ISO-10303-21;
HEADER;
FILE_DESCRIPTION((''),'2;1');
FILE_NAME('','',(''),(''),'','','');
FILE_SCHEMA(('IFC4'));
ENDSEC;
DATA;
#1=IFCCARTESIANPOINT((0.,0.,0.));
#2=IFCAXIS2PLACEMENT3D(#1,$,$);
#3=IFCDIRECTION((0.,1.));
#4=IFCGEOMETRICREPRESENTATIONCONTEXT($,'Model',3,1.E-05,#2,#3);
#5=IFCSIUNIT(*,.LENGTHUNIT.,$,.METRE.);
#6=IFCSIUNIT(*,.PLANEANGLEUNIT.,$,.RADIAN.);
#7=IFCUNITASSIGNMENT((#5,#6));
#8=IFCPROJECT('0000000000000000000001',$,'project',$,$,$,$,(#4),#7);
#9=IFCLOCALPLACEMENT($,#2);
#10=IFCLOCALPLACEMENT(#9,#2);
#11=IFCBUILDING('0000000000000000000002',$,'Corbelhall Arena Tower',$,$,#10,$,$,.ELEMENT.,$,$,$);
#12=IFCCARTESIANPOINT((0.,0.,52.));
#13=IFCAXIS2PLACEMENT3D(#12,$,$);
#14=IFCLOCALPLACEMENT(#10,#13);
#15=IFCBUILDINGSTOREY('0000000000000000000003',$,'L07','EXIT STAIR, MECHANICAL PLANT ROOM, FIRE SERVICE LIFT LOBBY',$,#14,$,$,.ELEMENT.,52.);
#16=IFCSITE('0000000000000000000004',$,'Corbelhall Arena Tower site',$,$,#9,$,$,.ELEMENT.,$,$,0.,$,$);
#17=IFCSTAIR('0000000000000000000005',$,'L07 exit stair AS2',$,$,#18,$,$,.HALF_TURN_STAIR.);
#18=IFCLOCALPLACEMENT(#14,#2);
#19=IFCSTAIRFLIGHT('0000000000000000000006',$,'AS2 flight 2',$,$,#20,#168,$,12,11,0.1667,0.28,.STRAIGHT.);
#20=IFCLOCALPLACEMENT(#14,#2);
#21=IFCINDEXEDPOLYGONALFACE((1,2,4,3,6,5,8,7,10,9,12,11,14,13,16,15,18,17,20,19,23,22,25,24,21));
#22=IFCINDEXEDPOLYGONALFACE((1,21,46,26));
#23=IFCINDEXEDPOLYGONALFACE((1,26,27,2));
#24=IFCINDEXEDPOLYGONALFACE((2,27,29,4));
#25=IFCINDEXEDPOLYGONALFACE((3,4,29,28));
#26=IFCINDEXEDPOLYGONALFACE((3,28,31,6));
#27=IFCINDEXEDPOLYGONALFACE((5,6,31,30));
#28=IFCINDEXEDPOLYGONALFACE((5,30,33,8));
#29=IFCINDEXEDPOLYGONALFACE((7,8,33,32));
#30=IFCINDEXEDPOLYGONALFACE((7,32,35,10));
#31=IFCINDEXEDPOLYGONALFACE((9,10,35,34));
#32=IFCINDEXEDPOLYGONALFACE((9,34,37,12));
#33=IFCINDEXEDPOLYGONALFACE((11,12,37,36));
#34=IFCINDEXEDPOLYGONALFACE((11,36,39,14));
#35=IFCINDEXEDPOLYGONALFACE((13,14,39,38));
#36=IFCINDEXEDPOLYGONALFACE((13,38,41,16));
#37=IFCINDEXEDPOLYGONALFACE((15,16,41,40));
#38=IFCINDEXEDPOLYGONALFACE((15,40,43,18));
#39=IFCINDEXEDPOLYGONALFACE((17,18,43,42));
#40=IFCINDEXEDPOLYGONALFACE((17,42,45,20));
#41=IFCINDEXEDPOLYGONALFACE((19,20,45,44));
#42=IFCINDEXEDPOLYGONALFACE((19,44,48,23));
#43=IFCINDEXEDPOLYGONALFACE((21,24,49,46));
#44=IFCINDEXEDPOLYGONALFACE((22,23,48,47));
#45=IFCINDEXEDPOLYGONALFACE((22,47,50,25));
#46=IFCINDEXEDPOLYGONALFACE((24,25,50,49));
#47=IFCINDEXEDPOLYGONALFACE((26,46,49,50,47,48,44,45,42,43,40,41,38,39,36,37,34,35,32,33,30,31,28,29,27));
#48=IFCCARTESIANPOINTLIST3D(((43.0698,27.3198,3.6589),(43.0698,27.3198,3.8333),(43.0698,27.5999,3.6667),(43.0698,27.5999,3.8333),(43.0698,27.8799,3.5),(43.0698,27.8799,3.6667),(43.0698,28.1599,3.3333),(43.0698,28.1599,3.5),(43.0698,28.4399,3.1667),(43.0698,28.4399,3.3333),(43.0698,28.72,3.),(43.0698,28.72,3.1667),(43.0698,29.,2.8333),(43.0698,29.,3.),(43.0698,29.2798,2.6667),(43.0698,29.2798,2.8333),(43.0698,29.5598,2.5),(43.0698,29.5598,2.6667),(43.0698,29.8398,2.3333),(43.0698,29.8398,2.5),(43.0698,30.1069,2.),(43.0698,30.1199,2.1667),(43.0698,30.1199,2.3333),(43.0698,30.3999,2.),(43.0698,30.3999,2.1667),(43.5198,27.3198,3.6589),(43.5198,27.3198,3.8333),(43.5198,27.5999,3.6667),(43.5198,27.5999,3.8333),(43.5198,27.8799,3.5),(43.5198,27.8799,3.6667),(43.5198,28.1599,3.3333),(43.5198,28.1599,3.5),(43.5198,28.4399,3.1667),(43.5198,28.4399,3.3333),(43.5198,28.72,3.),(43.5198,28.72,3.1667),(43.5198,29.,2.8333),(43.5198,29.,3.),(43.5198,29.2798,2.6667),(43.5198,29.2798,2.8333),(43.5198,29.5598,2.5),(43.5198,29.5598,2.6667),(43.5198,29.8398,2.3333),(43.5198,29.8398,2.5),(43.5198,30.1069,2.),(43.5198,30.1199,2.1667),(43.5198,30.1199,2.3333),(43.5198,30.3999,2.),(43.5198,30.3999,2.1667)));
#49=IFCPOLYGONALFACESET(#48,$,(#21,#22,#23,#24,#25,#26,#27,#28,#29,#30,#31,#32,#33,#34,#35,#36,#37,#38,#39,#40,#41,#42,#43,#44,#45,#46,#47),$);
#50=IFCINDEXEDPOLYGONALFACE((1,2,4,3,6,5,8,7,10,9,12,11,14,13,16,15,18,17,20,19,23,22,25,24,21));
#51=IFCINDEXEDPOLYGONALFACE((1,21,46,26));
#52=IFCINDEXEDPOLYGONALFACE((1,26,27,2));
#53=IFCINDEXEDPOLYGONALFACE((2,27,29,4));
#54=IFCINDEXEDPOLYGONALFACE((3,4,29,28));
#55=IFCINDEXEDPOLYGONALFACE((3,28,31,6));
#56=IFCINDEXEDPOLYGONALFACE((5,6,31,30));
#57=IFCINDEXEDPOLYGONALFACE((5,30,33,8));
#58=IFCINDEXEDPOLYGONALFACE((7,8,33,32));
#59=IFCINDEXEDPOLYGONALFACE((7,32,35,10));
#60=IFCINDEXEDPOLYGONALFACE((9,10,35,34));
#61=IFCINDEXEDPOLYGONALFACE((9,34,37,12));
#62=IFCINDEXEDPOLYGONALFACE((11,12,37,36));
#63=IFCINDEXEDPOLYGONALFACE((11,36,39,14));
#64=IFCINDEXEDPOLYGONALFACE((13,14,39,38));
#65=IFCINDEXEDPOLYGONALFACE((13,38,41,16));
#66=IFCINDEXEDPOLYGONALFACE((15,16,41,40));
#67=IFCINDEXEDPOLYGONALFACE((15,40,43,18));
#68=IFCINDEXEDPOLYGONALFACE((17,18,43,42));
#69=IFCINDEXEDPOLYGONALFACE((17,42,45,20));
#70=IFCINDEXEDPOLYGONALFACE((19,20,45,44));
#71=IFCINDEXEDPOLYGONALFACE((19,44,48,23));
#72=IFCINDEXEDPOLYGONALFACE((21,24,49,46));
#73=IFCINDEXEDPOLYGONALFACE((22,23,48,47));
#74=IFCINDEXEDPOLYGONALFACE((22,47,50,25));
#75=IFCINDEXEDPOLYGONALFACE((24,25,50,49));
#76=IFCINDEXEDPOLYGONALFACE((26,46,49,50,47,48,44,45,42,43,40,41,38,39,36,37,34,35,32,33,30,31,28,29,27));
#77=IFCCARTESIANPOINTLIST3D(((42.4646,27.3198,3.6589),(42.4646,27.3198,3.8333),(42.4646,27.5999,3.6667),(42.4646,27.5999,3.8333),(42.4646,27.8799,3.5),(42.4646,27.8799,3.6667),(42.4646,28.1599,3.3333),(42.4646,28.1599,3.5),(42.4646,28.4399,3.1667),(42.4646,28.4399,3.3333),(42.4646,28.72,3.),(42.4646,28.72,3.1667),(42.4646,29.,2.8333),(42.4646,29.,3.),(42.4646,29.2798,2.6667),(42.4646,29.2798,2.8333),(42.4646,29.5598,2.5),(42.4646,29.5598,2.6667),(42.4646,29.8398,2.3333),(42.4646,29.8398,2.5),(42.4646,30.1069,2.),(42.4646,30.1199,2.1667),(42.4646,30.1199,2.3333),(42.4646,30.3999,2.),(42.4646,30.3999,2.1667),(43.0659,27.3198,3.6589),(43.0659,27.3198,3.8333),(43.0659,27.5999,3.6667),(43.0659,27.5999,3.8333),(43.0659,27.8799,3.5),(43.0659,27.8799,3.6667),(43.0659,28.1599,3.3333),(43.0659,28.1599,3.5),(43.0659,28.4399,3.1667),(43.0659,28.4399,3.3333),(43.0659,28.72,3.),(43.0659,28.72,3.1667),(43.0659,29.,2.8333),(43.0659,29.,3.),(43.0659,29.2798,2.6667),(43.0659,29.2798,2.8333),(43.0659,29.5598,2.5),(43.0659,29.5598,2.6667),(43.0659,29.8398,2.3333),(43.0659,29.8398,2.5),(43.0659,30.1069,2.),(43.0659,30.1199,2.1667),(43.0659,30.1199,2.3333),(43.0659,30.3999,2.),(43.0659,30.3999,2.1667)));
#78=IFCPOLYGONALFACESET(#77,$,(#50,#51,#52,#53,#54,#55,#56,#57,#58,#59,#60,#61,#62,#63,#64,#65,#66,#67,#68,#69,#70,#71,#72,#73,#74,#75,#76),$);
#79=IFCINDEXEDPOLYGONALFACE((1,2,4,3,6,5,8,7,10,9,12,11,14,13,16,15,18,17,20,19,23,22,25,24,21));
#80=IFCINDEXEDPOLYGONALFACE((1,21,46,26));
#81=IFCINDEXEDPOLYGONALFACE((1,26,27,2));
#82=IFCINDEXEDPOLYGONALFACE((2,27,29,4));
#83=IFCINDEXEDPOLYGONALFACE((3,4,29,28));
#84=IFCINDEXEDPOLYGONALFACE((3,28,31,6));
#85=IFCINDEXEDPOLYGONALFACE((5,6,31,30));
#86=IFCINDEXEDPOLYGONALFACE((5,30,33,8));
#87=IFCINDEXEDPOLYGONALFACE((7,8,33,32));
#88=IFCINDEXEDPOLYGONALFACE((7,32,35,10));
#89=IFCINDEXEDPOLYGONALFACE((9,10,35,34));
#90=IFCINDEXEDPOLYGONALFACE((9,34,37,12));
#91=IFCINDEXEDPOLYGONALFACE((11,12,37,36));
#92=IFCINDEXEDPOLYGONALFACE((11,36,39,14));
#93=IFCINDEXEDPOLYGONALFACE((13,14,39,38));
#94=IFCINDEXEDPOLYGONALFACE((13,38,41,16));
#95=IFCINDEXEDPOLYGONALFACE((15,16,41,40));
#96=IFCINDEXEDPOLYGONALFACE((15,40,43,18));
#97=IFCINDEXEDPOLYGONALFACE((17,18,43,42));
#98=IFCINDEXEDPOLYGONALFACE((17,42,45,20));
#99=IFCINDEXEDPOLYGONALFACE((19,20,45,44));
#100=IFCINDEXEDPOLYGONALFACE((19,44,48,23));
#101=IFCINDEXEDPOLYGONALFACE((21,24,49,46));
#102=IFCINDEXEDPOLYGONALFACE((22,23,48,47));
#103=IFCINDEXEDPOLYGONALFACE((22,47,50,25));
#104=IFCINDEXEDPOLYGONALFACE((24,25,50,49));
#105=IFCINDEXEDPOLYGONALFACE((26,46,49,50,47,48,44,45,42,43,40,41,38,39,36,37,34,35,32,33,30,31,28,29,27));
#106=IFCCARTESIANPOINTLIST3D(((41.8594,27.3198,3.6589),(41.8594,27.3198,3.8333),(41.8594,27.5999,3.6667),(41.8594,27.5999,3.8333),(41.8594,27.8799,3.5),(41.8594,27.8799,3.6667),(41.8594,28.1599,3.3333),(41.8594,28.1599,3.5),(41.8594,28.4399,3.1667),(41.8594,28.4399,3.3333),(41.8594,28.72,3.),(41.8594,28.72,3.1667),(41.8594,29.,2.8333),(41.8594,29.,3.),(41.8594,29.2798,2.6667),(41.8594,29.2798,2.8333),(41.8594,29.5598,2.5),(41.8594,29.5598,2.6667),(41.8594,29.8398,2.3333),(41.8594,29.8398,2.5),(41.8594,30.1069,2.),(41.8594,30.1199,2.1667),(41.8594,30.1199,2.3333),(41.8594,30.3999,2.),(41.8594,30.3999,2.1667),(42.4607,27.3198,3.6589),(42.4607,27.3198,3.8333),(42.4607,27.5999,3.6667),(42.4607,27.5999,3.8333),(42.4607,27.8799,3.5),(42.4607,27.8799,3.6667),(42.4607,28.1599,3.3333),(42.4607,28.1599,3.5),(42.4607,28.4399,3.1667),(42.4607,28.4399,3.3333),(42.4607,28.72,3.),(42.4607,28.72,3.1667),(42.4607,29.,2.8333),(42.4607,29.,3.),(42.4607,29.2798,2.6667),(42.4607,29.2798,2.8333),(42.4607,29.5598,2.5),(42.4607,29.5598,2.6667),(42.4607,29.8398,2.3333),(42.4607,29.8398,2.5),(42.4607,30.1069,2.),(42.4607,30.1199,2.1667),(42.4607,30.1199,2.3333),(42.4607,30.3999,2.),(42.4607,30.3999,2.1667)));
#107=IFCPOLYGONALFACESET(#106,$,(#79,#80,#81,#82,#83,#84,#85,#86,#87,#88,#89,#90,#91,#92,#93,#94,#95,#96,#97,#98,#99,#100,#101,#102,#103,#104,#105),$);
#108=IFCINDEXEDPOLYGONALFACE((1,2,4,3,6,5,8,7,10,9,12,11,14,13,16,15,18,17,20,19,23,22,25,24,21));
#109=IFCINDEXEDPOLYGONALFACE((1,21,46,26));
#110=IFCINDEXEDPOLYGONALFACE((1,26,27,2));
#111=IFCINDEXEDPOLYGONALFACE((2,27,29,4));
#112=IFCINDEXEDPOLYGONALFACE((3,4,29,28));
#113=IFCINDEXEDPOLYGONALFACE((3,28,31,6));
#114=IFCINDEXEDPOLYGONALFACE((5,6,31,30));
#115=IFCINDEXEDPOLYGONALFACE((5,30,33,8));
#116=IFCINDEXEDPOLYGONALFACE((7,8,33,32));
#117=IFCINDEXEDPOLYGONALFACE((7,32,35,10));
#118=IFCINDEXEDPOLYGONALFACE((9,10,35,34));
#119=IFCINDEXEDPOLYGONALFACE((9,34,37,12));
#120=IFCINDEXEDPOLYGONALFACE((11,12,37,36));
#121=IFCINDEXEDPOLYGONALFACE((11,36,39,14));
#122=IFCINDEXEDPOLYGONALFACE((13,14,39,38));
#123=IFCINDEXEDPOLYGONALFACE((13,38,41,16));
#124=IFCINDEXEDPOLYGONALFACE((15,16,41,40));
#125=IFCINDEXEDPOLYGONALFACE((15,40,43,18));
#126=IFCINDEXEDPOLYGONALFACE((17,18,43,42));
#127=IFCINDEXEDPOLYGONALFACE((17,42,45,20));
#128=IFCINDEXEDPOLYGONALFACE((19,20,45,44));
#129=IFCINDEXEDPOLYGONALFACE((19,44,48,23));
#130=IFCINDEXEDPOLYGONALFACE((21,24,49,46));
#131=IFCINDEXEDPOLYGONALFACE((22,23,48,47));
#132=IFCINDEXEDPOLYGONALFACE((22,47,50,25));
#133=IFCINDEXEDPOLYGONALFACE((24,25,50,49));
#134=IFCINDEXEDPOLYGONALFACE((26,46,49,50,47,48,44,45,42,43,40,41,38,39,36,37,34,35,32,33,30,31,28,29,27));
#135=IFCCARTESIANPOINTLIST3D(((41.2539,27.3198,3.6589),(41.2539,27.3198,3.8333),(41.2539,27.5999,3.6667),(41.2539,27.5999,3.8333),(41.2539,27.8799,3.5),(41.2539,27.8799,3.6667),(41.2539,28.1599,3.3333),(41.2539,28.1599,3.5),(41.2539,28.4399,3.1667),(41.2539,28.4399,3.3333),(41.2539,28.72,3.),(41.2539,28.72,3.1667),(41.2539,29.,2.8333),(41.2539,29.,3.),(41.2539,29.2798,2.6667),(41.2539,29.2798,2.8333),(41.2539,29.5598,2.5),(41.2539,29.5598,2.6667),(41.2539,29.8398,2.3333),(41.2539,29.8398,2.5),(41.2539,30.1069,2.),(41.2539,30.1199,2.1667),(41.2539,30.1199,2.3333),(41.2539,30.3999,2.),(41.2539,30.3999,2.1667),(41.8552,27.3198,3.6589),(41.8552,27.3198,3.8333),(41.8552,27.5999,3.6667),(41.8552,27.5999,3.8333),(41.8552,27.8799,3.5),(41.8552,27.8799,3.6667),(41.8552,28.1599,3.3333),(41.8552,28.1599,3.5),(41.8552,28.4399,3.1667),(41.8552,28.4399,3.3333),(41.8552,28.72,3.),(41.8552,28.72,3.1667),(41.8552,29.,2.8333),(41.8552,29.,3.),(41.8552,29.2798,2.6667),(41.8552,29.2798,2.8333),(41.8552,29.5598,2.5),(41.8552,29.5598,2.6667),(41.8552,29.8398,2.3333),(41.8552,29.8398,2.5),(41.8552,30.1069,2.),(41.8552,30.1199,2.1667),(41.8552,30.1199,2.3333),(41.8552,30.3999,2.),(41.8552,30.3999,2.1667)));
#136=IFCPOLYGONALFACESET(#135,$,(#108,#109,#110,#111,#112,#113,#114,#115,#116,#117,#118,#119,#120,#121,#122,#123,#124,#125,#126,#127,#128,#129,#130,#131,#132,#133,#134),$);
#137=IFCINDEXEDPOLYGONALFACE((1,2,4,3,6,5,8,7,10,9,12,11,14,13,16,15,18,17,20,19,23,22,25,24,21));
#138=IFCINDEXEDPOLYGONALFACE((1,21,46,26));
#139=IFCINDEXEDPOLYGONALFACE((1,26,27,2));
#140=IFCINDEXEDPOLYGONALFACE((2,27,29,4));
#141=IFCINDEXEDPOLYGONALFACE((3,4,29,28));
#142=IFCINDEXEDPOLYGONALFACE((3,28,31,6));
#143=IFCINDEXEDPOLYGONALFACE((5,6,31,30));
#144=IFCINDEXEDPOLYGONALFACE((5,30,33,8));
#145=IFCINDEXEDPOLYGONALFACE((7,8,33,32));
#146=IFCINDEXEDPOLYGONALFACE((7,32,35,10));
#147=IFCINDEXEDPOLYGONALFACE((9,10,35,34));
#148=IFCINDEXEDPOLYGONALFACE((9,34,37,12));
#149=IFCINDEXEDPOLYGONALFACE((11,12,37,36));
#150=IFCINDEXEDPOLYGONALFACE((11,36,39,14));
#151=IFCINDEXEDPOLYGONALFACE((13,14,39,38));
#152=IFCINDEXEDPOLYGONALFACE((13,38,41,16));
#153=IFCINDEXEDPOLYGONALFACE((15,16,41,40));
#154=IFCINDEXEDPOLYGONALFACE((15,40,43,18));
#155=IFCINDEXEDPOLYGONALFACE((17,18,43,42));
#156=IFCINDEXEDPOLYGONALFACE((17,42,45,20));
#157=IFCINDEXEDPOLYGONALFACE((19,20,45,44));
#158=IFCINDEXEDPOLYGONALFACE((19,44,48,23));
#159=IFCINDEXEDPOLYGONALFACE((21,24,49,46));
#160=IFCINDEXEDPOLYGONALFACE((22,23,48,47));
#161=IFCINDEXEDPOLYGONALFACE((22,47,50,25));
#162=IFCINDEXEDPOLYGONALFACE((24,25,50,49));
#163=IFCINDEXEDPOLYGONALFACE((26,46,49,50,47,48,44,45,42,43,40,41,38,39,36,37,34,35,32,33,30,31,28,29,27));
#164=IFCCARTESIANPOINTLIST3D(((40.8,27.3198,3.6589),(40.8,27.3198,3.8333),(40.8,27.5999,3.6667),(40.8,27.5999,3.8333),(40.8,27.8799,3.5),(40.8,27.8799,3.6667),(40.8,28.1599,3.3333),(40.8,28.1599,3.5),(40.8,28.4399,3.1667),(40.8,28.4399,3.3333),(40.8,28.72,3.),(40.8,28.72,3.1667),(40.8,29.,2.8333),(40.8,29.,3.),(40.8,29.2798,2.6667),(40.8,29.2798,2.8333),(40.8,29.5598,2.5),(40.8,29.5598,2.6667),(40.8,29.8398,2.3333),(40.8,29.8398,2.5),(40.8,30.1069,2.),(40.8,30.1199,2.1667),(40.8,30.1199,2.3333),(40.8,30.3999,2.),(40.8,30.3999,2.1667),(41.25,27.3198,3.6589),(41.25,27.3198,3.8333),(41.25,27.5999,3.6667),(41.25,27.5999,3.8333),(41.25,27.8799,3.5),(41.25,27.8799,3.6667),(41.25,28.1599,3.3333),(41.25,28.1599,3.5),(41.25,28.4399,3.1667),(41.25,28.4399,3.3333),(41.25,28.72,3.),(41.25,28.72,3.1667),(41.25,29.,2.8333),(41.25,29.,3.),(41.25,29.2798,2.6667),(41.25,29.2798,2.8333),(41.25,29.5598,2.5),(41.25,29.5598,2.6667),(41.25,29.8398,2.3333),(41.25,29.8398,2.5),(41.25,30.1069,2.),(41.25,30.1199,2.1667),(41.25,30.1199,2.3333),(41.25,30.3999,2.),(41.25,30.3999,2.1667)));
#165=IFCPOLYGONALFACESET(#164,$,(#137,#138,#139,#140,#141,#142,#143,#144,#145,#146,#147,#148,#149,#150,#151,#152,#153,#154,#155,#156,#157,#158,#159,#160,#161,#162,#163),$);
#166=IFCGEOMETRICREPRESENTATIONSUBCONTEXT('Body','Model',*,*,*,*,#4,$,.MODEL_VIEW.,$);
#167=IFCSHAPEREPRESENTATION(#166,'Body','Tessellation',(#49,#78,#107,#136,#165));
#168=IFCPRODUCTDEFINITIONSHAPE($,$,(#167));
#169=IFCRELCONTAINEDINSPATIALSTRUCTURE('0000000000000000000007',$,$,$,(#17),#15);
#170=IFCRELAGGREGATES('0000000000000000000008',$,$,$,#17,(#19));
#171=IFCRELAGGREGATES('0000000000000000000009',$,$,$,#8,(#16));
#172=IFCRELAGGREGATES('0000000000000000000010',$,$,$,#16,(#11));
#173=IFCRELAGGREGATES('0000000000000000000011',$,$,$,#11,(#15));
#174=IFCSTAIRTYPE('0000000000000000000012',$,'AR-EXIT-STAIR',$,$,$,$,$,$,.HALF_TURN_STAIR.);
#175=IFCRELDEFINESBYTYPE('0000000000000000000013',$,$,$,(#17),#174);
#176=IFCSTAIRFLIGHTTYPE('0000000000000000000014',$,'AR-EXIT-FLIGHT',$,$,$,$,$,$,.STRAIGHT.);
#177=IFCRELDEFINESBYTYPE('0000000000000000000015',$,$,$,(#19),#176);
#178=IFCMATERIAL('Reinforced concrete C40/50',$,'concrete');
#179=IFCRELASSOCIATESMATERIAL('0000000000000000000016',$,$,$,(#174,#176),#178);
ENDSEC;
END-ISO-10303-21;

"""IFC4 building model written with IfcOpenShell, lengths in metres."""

from ifc_helpers import new_model, si_unit, direction, frame, origin, place, context, subcontext, project, spatial, polyline, outline, extrude, material, type_object, element, aggregate, save


model = new_model("IFC4")

# Units and contexts
model_context = context("Model", 3, precision=1e-05, world=origin(), true_north=direction((0.0, 1.0)))
body_context = subcontext(model_context, "Body", "Model", "MODEL_VIEW")
ifc_project = project(units=[si_unit("LENGTHUNIT", "METRE"), si_unit("PLANEANGLEUNIT", "RADIAN")], contexts=[model_context])

# Site, building, storey
site_placement = place(None, origin())
site = spatial("IfcSite", under=ifc_project, at=site_placement, Name="Corbelhall Arena Tower site", CompositionType="ELEMENT", RefElevation=0.0)
building_placement = place(site_placement, origin())
building = spatial("IfcBuilding", under=site, at=building_placement, Name="Corbelhall Arena Tower", CompositionType="ELEMENT")
storey_placement = place(building_placement, frame((0.0, 0.0, 52.0)))
storey = spatial("IfcBuildingStorey", under=building, at=storey_placement, Name="L07", Description="EXIT STAIR, MECHANICAL PLANT ROOM, FIRE SERVICE LIFT LOBBY", CompositionType="ELEMENT", Elevation=52.0)

# Shared definitions
ifc_material_1 = material(Name="Reinforced concrete C40/50", Category="concrete")

# Stair, stair flight
stair_type = type_object("IfcStairType", Name="AR-EXIT-STAIR", PredefinedType="HALF_TURN_STAIR", material=ifc_material_1)
stair_flight_type = type_object("IfcStairFlightType", Name="AR-EXIT-FLIGHT", PredefinedType="STRAIGHT", material=ifc_material_1)
stair_1_placement = place(storey_placement, origin())
stair_1 = element("IfcStair", 1, at=stair_1_placement, inside=storey, type_object=stair_type, Name="L07 exit stair AS2", PredefinedType="HALF_TURN_STAIR")
stair_flight_1_placement = place(storey_placement, frame((42.1599, 30.3999, 2.0), z_axis=(0.0, 0.0, 1.0), x_axis=(0.0, -1.0, 0.0)))
stair_flight_1 = element("IfcStairFlight", 2, at=stair_flight_1_placement, type_object=stair_flight_type, Name="AS2 flight 2", NumberOfRisers=12, NumberOfTreads=11, PredefinedType="STRAIGHT", RiserHeight=0.1667, TreadLength=0.28, context=body_context, shape_type="SweptSolid", body=[
    extrude(outline(polyline([(0.0, 0.0), (0.0, 0.1667), (0.28, 0.1667), (0.28, 0.3333), (0.5601, 0.3333), (0.5601, 0.5), (0.8401, 0.5), (0.8401, 0.6667), (1.1201, 0.6667), (1.1201, 0.8333), (1.3999, 0.8333), (1.3999, 1.0), (1.6799, 1.0), (1.6799, 1.1667), (1.96, 1.1667), (1.96, 1.3333), (2.24, 1.3333), (2.24, 1.5), (2.52, 1.5), (2.52, 1.6667), (2.8, 1.6667), (2.8, 1.8333), (3.0801, 1.8333), (3.0801, 2.0), (3.0801, 1.6589), (0.293, 0.0), (0.0, 0.0)])), frame((0.0, 1.3599, 0.0), z_axis=(0.0, -1.0, 0.0), x_axis=(1.0, 0.0, 0.0)), (0.0, 0.0, 1.0), 0.45),
    extrude(outline(polyline([(0.0, 0.0), (0.0, 0.1667), (0.28, 0.1667), (0.28, 0.3333), (0.5601, 0.3333), (0.5601, 0.5), (0.8401, 0.5), (0.8401, 0.6667), (1.1201, 0.6667), (1.1201, 0.8333), (1.3999, 0.8333), (1.3999, 1.0), (1.6799, 1.0), (1.6799, 1.1667), (1.96, 1.1667), (1.96, 1.3333), (2.24, 1.3333), (2.24, 1.5), (2.52, 1.5), (2.52, 1.6667), (2.8, 1.6667), (2.8, 1.8333), (3.0801, 1.8333), (3.0801, 2.0), (3.0801, 1.6589), (0.293, 0.0), (0.0, 0.0)])), frame((0.0, 0.906, 0.0), z_axis=(0.0, -1.0, 0.0), x_axis=(1.0, 0.0, 0.0)), (0.0, 0.0, 1.0), 0.6013),
    extrude(outline(polyline([(0.0, 0.0), (0.0, 0.1667), (0.28, 0.1667), (0.28, 0.3333), (0.5601, 0.3333), (0.5601, 0.5), (0.8401, 0.5), (0.8401, 0.6667), (1.1201, 0.6667), (1.1201, 0.8333), (1.3999, 0.8333), (1.3999, 1.0), (1.6799, 1.0), (1.6799, 1.1667), (1.96, 1.1667), (1.96, 1.3333), (2.24, 1.3333), (2.24, 1.5), (2.52, 1.5), (2.52, 1.6667), (2.8, 1.6667), (2.8, 1.8333), (3.0801, 1.8333), (3.0801, 2.0), (3.0801, 1.6589), (0.293, 0.0), (0.0, 0.0)])), frame((0.0, 0.3008, 0.0), z_axis=(0.0, -1.0, 0.0), x_axis=(1.0, 0.0, 0.0)), (0.0, 0.0, 1.0), 0.6013),
    extrude(outline(polyline([(0.0, 0.0), (0.0, 0.1667), (0.28, 0.1667), (0.28, 0.3333), (0.5601, 0.3333), (0.5601, 0.5), (0.8401, 0.5), (0.8401, 0.6667), (1.1201, 0.6667), (1.1201, 0.8333), (1.3999, 0.8333), (1.3999, 1.0), (1.6799, 1.0), (1.6799, 1.1667), (1.96, 1.1667), (1.96, 1.3333), (2.24, 1.3333), (2.24, 1.5), (2.52, 1.5), (2.52, 1.6667), (2.8, 1.6667), (2.8, 1.8333), (3.0801, 1.8333), (3.0801, 2.0), (3.0801, 1.6589), (0.293, 0.0), (0.0, 0.0)])), frame((0.0, -0.3047, 0.0), z_axis=(0.0, -1.0, 0.0), x_axis=(1.0, 0.0, 0.0)), (0.0, 0.0, 1.0), 0.6013),
    extrude(outline(polyline([(0.0, 0.0), (0.0, 0.1667), (0.28, 0.1667), (0.28, 0.3333), (0.5601, 0.3333), (0.5601, 0.5), (0.8401, 0.5), (0.8401, 0.6667), (1.1201, 0.6667), (1.1201, 0.8333), (1.3999, 0.8333), (1.3999, 1.0), (1.6799, 1.0), (1.6799, 1.1667), (1.96, 1.1667), (1.96, 1.3333), (2.24, 1.3333), (2.24, 1.5), (2.52, 1.5), (2.52, 1.6667), (2.8, 1.6667), (2.8, 1.8333), (3.0801, 1.8333), (3.0801, 2.0), (3.0801, 1.6589), (0.293, 0.0), (0.0, 0.0)])), frame((0.0, -0.9099, 0.0), z_axis=(0.0, -1.0, 0.0), x_axis=(1.0, 0.0, 0.0)), (0.0, 0.0, 1.0), 0.45),
])
aggregate(stair_1, [stair_flight_1])

save(model, "model.ifc")
